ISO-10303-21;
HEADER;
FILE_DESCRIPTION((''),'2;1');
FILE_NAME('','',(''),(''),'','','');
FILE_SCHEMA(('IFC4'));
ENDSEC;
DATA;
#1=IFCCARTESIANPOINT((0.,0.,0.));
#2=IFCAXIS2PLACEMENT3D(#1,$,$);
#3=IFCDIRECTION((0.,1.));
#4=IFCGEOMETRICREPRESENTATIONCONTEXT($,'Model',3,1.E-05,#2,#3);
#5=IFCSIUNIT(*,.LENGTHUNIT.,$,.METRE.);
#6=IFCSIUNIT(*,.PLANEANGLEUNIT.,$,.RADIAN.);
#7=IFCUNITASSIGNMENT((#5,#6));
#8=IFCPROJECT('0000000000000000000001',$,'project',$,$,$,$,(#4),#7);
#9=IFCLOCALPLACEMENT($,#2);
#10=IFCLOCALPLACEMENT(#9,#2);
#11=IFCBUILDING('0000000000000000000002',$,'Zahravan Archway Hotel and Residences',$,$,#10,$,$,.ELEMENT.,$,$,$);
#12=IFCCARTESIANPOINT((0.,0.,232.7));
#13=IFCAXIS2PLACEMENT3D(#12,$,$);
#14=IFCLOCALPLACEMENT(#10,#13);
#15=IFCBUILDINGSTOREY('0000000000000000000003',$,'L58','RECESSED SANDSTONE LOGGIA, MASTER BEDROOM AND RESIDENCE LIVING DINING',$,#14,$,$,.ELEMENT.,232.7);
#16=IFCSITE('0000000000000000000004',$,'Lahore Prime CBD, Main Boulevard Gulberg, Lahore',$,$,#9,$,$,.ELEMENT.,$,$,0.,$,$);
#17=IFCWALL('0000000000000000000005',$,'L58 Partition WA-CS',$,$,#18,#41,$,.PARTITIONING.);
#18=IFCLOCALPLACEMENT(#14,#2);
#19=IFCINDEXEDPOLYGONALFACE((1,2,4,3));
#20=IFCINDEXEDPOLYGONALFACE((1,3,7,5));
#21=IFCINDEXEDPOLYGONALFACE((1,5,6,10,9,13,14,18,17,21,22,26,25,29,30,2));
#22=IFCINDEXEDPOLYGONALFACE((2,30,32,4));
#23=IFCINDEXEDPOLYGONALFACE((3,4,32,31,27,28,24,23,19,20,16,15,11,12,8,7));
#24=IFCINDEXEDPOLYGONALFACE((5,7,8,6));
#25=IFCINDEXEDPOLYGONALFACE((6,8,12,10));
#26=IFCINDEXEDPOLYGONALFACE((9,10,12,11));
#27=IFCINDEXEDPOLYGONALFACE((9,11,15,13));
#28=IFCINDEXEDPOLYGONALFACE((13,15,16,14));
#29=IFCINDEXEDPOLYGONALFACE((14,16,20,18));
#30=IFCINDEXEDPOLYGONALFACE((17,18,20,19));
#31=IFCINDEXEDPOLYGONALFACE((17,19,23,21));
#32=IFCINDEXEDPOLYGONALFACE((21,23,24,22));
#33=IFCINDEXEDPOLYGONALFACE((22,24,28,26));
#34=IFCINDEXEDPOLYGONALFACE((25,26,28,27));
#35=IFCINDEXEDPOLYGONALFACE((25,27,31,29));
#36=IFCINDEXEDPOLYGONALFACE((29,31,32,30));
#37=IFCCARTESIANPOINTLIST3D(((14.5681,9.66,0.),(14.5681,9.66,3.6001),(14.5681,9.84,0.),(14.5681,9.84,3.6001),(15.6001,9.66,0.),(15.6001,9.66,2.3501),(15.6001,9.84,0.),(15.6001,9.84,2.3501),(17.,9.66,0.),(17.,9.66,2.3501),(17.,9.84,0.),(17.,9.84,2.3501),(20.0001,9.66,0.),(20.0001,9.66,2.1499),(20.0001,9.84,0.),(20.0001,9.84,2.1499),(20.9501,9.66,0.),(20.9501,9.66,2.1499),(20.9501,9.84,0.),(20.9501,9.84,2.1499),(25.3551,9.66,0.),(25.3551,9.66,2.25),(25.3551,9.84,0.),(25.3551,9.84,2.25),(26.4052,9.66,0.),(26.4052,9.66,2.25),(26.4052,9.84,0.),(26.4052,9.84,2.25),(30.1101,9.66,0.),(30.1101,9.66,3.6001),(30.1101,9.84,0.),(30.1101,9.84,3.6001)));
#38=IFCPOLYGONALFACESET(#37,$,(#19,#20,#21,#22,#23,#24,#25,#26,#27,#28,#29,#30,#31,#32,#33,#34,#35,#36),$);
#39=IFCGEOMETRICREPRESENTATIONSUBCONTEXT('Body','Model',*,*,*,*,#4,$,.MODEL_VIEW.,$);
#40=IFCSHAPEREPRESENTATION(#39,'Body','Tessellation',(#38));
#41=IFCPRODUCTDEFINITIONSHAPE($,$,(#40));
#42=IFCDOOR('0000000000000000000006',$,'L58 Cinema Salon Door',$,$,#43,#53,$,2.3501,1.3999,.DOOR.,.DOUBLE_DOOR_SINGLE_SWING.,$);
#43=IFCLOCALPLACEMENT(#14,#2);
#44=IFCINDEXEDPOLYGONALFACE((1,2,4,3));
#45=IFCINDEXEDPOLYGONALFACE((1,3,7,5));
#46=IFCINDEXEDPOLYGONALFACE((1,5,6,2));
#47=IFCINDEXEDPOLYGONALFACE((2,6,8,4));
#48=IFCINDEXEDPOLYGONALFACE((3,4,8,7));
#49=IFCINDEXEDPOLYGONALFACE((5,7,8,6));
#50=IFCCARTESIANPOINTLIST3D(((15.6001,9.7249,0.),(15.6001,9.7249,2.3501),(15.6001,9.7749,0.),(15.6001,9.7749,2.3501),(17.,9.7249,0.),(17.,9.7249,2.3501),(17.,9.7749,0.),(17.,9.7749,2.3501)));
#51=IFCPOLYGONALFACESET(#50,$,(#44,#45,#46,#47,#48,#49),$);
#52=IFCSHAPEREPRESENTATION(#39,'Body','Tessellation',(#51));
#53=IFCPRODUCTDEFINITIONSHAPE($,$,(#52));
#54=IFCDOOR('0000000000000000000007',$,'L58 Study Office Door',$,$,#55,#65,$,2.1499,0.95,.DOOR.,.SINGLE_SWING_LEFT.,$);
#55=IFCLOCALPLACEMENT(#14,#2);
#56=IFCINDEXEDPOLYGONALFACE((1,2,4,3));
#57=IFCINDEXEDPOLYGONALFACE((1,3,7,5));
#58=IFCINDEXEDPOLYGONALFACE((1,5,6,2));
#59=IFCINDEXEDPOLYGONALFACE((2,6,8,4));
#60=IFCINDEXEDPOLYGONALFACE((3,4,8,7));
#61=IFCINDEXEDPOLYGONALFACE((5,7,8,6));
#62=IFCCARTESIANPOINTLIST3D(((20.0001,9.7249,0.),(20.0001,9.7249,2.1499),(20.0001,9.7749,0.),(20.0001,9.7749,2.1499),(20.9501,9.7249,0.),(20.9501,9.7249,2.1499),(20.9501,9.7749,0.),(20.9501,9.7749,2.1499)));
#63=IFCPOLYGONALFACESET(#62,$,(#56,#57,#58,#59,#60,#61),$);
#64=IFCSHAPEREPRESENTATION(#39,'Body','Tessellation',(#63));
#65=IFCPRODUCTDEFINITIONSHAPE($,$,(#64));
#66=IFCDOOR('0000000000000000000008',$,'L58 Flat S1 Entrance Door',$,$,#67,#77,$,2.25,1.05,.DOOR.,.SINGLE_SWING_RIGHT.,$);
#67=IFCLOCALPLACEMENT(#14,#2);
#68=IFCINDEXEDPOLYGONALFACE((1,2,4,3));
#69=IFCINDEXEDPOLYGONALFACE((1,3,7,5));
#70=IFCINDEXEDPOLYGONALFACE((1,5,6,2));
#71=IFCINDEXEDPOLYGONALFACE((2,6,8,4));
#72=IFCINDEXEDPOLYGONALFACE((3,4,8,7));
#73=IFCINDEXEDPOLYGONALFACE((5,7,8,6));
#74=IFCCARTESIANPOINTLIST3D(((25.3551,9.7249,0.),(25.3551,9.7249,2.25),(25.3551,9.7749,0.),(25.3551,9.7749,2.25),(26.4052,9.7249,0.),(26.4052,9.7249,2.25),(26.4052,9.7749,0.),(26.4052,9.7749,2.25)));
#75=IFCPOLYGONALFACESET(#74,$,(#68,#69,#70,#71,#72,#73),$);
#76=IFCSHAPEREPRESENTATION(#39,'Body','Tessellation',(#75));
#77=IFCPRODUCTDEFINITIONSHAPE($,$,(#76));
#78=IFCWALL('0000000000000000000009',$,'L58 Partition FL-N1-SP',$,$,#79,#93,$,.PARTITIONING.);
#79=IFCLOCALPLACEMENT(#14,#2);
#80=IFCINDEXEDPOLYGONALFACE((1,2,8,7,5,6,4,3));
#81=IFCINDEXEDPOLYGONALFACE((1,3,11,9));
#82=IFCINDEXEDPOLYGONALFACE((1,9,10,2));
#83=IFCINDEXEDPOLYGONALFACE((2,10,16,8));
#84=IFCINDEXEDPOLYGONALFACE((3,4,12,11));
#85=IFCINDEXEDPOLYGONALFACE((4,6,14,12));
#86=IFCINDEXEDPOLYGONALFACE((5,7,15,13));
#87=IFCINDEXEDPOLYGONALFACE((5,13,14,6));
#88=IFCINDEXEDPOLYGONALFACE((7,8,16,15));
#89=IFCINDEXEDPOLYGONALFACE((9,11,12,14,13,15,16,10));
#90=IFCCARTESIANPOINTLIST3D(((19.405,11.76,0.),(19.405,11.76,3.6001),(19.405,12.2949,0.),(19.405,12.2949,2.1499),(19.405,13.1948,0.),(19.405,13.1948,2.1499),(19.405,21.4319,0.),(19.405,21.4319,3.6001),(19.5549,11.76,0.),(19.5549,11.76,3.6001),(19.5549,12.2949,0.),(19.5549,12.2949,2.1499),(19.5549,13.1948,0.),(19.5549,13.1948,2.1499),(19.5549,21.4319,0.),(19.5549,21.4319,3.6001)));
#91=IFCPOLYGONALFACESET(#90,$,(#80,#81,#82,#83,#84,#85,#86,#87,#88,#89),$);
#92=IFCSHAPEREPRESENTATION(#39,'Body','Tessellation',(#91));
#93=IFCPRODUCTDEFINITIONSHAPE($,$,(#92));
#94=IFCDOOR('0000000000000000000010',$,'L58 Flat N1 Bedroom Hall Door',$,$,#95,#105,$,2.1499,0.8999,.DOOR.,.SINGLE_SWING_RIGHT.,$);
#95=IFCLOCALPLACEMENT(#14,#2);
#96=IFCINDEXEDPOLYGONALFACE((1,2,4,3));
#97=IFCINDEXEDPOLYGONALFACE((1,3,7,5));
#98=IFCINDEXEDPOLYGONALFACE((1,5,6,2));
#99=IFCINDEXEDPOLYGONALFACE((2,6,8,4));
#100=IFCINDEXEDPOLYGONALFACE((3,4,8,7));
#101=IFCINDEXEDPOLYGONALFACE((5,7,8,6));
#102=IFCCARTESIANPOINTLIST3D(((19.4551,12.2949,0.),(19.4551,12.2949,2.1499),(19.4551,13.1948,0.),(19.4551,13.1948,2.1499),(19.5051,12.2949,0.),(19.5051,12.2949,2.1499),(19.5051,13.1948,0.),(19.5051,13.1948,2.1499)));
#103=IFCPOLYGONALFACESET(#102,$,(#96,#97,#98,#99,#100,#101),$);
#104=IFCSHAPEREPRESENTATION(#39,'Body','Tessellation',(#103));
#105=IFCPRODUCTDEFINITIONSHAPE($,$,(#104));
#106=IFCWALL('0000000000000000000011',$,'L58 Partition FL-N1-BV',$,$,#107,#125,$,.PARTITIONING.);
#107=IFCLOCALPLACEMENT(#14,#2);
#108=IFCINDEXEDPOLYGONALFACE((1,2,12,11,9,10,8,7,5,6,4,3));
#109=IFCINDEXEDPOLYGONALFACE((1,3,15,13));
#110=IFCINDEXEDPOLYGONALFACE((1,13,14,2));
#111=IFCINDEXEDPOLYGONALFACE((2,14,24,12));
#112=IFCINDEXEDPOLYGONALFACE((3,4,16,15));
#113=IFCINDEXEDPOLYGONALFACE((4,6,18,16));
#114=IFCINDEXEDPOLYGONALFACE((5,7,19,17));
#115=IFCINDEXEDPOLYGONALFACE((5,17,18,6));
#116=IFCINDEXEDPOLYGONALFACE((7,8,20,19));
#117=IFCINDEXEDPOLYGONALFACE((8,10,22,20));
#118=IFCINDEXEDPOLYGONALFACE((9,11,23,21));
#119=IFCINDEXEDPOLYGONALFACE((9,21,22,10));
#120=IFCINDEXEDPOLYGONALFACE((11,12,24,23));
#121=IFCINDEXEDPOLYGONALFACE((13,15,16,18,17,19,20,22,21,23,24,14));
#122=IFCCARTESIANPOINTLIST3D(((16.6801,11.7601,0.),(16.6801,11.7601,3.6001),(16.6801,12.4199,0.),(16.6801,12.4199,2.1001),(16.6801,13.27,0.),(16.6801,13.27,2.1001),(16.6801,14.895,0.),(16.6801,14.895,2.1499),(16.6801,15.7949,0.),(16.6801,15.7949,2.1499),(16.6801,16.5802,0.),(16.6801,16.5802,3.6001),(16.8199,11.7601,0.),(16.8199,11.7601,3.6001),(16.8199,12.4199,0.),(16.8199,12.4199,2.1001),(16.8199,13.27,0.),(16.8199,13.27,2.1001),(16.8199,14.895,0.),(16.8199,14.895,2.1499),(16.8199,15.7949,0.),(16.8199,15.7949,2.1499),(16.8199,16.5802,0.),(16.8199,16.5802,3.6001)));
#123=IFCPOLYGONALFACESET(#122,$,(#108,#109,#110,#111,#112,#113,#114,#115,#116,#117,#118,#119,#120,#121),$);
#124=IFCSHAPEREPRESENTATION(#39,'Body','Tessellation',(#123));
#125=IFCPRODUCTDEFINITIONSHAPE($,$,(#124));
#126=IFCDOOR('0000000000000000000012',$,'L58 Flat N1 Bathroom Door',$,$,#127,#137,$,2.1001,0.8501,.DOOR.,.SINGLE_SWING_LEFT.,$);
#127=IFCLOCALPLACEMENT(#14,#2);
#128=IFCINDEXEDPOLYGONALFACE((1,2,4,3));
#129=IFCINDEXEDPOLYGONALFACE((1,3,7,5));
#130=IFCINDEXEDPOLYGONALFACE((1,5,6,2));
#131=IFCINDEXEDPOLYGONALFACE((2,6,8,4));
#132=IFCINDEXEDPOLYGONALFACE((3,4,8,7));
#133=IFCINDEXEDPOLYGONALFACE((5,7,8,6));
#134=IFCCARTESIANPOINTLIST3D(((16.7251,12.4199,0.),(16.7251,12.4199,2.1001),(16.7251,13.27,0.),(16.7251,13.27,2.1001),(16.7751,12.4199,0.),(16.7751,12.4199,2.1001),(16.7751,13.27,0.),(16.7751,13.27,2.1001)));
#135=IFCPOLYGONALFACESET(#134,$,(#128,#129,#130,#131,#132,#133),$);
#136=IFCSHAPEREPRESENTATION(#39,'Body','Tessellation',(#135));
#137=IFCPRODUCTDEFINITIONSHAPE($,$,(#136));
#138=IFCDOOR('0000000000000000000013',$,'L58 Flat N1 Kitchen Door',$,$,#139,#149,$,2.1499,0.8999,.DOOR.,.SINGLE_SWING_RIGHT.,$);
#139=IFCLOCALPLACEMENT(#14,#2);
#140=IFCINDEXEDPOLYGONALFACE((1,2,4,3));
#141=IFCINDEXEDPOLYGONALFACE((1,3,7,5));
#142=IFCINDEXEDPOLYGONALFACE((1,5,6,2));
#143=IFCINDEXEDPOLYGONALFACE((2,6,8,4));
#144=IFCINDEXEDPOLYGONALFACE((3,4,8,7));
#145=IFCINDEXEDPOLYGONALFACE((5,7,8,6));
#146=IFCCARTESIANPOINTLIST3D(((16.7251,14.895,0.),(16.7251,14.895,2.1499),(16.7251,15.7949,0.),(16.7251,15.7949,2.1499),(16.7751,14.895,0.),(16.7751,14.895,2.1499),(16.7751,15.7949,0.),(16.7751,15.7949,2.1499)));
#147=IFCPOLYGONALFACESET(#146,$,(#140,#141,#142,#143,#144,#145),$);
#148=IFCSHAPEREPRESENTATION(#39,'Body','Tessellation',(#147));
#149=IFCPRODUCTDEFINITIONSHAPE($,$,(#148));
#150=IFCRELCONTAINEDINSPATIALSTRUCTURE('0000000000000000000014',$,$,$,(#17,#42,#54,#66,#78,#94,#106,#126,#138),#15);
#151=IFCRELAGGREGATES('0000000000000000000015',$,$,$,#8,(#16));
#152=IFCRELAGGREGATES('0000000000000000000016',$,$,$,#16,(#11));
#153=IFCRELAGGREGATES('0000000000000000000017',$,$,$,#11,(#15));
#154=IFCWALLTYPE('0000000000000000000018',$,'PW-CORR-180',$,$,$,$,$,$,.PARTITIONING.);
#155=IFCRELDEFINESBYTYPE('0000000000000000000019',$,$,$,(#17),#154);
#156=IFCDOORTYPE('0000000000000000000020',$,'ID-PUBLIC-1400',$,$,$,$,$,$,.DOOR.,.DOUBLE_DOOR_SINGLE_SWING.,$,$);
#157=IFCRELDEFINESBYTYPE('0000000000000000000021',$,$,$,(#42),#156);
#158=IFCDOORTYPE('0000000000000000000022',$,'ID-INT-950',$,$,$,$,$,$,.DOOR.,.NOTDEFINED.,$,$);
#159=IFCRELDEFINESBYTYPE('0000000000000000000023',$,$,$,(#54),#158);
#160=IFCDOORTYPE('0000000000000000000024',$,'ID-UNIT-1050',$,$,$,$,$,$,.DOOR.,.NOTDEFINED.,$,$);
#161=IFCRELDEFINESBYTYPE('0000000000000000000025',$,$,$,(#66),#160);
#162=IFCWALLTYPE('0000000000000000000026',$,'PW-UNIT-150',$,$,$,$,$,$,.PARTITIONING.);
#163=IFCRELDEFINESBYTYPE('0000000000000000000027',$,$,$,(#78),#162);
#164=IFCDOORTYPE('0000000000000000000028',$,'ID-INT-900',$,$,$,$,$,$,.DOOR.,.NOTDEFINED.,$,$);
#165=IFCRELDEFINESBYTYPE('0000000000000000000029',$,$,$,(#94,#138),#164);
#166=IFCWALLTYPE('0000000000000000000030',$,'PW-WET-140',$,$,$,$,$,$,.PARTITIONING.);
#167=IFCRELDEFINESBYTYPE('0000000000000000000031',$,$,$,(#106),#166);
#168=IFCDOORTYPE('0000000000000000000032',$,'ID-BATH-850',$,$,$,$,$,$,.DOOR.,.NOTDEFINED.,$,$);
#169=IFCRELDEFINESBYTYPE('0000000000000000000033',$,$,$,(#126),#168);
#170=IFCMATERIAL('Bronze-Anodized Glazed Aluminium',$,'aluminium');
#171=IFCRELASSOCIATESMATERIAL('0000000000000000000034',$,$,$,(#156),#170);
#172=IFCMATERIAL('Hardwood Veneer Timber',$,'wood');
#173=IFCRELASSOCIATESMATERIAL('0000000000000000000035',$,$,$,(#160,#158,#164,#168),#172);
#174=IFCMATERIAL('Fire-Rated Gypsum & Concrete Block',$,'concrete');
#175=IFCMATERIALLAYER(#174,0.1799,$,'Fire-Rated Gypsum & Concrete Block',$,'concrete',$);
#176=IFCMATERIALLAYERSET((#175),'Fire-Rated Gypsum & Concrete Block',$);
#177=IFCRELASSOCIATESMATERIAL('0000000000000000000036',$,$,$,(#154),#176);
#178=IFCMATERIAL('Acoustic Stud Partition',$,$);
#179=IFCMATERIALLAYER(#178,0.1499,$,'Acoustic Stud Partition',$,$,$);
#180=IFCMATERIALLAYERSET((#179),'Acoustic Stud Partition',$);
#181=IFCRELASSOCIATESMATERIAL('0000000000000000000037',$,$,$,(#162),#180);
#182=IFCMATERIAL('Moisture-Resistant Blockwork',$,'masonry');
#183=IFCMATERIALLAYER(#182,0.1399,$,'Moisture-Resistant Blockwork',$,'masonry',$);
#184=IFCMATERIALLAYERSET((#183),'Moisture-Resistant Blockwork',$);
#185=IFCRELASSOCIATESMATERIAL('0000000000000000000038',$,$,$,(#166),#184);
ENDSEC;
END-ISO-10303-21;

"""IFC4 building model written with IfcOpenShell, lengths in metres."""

from ifc_helpers import new_model, si_unit, direction, frame, frame_2d, origin, place, context, subcontext, project, spatial, rectangle, extrude, source, transform, mapped, material, layer, layer_set, type_object, type_shapes, element, fill, save


model = new_model("IFC4")

# Units and contexts
model_context = context("Model", 3, precision=1e-05, world=origin(), true_north=direction((0.0, 1.0)))
body_context = subcontext(model_context, "Body", "Model", "MODEL_VIEW")
ifc_project = project(units=[si_unit("LENGTHUNIT", "METRE"), si_unit("PLANEANGLEUNIT", "RADIAN")], contexts=[model_context])

# Site, building, storey
site_placement = place(None, origin())
site = spatial("IfcSite", under=ifc_project, at=site_placement, Name="Lahore Prime CBD, Main Boulevard Gulberg, Lahore", CompositionType="ELEMENT", RefElevation=0.0)
building_placement = place(site_placement, origin())
building = spatial("IfcBuilding", under=site, at=building_placement, Name="Zahravan Archway Hotel and Residences", CompositionType="ELEMENT")
storey_placement = place(building_placement, frame((0.0, 0.0, 232.7)))
storey = spatial("IfcBuildingStorey", under=building, at=storey_placement, Name="L58", Description="RECESSED SANDSTONE LOGGIA, MASTER BEDROOM AND RESIDENCE LIVING DINING", CompositionType="ELEMENT", Elevation=232.7)

# Wall, openings, doors
ifc_material_1 = material(Name="Fire-Rated Gypsum & Concrete Block", Category="concrete")
ifc_material_2 = material(Name="Bronze-Anodized Glazed Aluminium", Category="aluminium")
door_type_1 = type_object("IfcDoorType", Name="ID-PUBLIC-1400", OperationType="DOUBLE_DOOR_SINGLE_SWING", PredefinedType="DOOR", material=ifc_material_2)
shared_shape_1 = source(origin(), body_context, "Body", "SweptSolid", [
    extrude(rectangle(XDim=1.3999, YDim=2.3501, at=frame_2d((0.7, 1.175))), frame((0.0, 0.0249, 0.0), z_axis=(0.0, -1.0, 0.0), x_axis=(1.0, 0.0, 0.0)), (0.0, 0.0, 1.0), 0.05),
])
type_shapes(door_type_1, [shared_shape_1])
ifc_material_3 = material(Name="Hardwood Veneer Timber", Category="wood")
door_type_2 = type_object("IfcDoorType", Name="ID-UNIT-1050", OperationType="NOTDEFINED", PredefinedType="DOOR", material=ifc_material_3)
shared_shape_2 = source(origin(), body_context, "Body", "SweptSolid", [
    extrude(rectangle(XDim=1.05, YDim=2.25, at=frame_2d((0.5249, 1.125))), frame((0.0, 0.0249, 0.0), z_axis=(0.0, -1.0, 0.0), x_axis=(1.0, 0.0, 0.0)), (0.0, 0.0, 1.0), 0.05),
])
type_shapes(door_type_2, [shared_shape_2])
ifc_layer_1 = layer(ifc_material_1, 0.1799, Name="Fire-Rated Gypsum & Concrete Block", Category="concrete")
ifc_layer_set_1 = layer_set([ifc_layer_1], Name="Fire-Rated Gypsum & Concrete Block")
wall_type_1 = type_object("IfcWallType", Name="PW-CORR-180", PredefinedType="PARTITIONING", material=ifc_layer_set_1)
wall_1_placement = place(storey_placement, frame((14.5681, 9.75, 0.0), z_axis=(0.0, 0.0, 1.0), x_axis=(1.0, 0.0, 0.0)))
wall_1 = element("IfcWall", 1, at=wall_1_placement, inside=storey, type_object=wall_type_1, Name="L58 Partition WA-CS", PredefinedType="PARTITIONING", context=body_context, shape_type="SweptSolid", body=[
    extrude(rectangle(XDim=15.542, YDim=0.1799, at=frame_2d((7.771, 0.0))), origin(), (0.0, 0.0, 1.0), 3.6001),
])
opening_1_placement = place(wall_1_placement, frame((1.032, 0.0, 0.0)))
opening_1 = element("IfcOpeningElement", 2, at=opening_1_placement, cuts=wall_1, PredefinedType="OPENING", context=body_context, shape_type="SweptSolid", body=[
    extrude(rectangle(XDim=1.3999, YDim=2.3501, at=frame_2d((0.7, 1.175))), frame((0.0, 0.1001, 0.0), z_axis=(0.0, -1.0, 0.0), x_axis=(1.0, 0.0, 0.0)), (0.0, 0.0, 1.0), 0.2),
])
opening_2_placement = place(wall_1_placement, frame((5.4319, 0.0, 0.0)))
opening_2 = element("IfcOpeningElement", 3, at=opening_2_placement, cuts=wall_1, PredefinedType="OPENING", context=body_context, shape_type="SweptSolid", body=[
    extrude(rectangle(XDim=0.95, YDim=2.1499, at=frame_2d((0.4751, 1.075))), frame((0.0, 0.1001, 0.0), z_axis=(0.0, -1.0, 0.0), x_axis=(1.0, 0.0, 0.0)), (0.0, 0.0, 1.0), 0.2),
])
opening_3_placement = place(wall_1_placement, frame((10.7871, 0.0, 0.0)))
opening_3 = element("IfcOpeningElement", 4, at=opening_3_placement, cuts=wall_1, PredefinedType="OPENING", context=body_context, shape_type="SweptSolid", body=[
    extrude(rectangle(XDim=1.05, YDim=2.25, at=frame_2d((0.5249, 1.125))), frame((0.0, 0.1001, 0.0), z_axis=(0.0, -1.0, 0.0), x_axis=(1.0, 0.0, 0.0)), (0.0, 0.0, 1.0), 0.2),
])
door_1_placement = place(opening_1_placement, origin())
door_1 = element("IfcDoor", 5, at=door_1_placement, inside=storey, type_object=door_type_1, Name="L58 Cinema Salon Door", OperationType="DOUBLE_DOOR_SINGLE_SWING", OverallHeight=2.3501, OverallWidth=1.3999, PredefinedType="DOOR", context=body_context, shape_type="MappedRepresentation", body=[
    mapped(shared_shape_1, transform((0.0, 0.0, 0.0), scale=1.0)),
])
fill(opening_1, door_1)
door_type_3 = type_object("IfcDoorType", Name="ID-INT-950", OperationType="NOTDEFINED", PredefinedType="DOOR", material=ifc_material_3)
shared_shape_3 = source(origin(), body_context, "Body", "SweptSolid", [
    extrude(rectangle(XDim=0.95, YDim=2.1499, at=frame_2d((0.4751, 1.075))), frame((0.0, 0.0249, 0.0), z_axis=(0.0, -1.0, 0.0), x_axis=(1.0, 0.0, 0.0)), (0.0, 0.0, 1.0), 0.05),
])
type_shapes(door_type_3, [shared_shape_3])
door_2_placement = place(opening_2_placement, origin())
door_2 = element("IfcDoor", 6, at=door_2_placement, inside=storey, type_object=door_type_3, Name="L58 Study Office Door", OperationType="SINGLE_SWING_LEFT", OverallHeight=2.1499, OverallWidth=0.95, PredefinedType="DOOR", context=body_context, shape_type="MappedRepresentation", body=[
    mapped(shared_shape_3, transform((0.0, 0.0, 0.0), scale=1.0)),
])
fill(opening_2, door_2)
door_3_placement = place(opening_3_placement, origin())
door_3 = element("IfcDoor", 7, at=door_3_placement, inside=storey, type_object=door_type_2, Name="L58 Flat S1 Entrance Door", OperationType="SINGLE_SWING_RIGHT", OverallHeight=2.25, OverallWidth=1.05, PredefinedType="DOOR", context=body_context, shape_type="MappedRepresentation", body=[
    mapped(shared_shape_2, transform((0.0, 0.0, 0.0), scale=1.0)),
])
fill(opening_3, door_3)

# Wall, opening, door
ifc_material_4 = material(Name="Acoustic Stud Partition")
ifc_layer_2 = layer(ifc_material_4, 0.1499, Name="Acoustic Stud Partition")
ifc_layer_set_2 = layer_set([ifc_layer_2], Name="Acoustic Stud Partition")
wall_type_2 = type_object("IfcWallType", Name="PW-UNIT-150", PredefinedType="PARTITIONING", material=ifc_layer_set_2)
wall_2_placement = place(storey_placement, frame((19.48, 11.76, 0.0), z_axis=(0.0, 0.0, 1.0), x_axis=(0.0, 1.0, 0.0)))
wall_2 = element("IfcWall", 8, at=wall_2_placement, inside=storey, type_object=wall_type_2, Name="L58 Partition FL-N1-SP", PredefinedType="PARTITIONING", context=body_context, shape_type="SweptSolid", body=[
    extrude(rectangle(XDim=9.6719, YDim=0.1499, at=frame_2d((4.8359, 0.0))), origin(), (0.0, 0.0, 1.0), 3.6001),
])
opening_4_placement = place(wall_2_placement, frame((0.5349, 0.0, 0.0)))
opening_4 = element("IfcOpeningElement", 9, at=opening_4_placement, cuts=wall_2, PredefinedType="OPENING", context=body_context, shape_type="SweptSolid", body=[
    extrude(rectangle(XDim=0.8999, YDim=2.1499, at=frame_2d((0.45, 1.075))), frame((0.0, 0.085, 0.0), z_axis=(0.0, -1.0, 0.0), x_axis=(1.0, 0.0, 0.0)), (0.0, 0.0, 1.0), 0.1699),
])
door_type_4 = type_object("IfcDoorType", Name="ID-INT-900", OperationType="NOTDEFINED", PredefinedType="DOOR", material=ifc_material_3)
shared_shape_4 = source(origin(), body_context, "Body", "SweptSolid", [
    extrude(rectangle(XDim=0.8999, YDim=2.1499, at=frame_2d((0.45, 1.075))), frame((0.0, 0.0249, 0.0), z_axis=(0.0, -1.0, 0.0), x_axis=(1.0, 0.0, 0.0)), (0.0, 0.0, 1.0), 0.05),
])
type_shapes(door_type_4, [shared_shape_4])
door_4_placement = place(opening_4_placement, origin())
door_4 = element("IfcDoor", 10, at=door_4_placement, inside=storey, type_object=door_type_4, Name="L58 Flat N1 Bedroom Hall Door", OperationType="SINGLE_SWING_RIGHT", OverallHeight=2.1499, OverallWidth=0.8999, PredefinedType="DOOR", context=body_context, shape_type="MappedRepresentation", body=[
    mapped(shared_shape_4, transform((0.0, 0.0, 0.0), scale=1.0)),
])
fill(opening_4, door_4)

# Wall, openings, doors
ifc_material_5 = material(Name="Moisture-Resistant Blockwork", Category="masonry")
ifc_layer_3 = layer(ifc_material_5, 0.1399, Name="Moisture-Resistant Blockwork", Category="masonry")
ifc_layer_set_3 = layer_set([ifc_layer_3], Name="Moisture-Resistant Blockwork")
wall_type_3 = type_object("IfcWallType", Name="PW-WET-140", PredefinedType="PARTITIONING", material=ifc_layer_set_3)
wall_3_placement = place(storey_placement, frame((16.75, 11.76, 0.0), z_axis=(0.0, 0.0, 1.0), x_axis=(0.0, 1.0, 0.0)))
wall_3 = element("IfcWall", 11, at=wall_3_placement, inside=storey, type_object=wall_type_3, Name="L58 Partition FL-N1-BV", PredefinedType="PARTITIONING", context=body_context, shape_type="SweptSolid", body=[
    extrude(rectangle(XDim=4.8201, YDim=0.1399, at=frame_2d((2.4102, 0.0))), origin(), (0.0, 0.0, 1.0), 3.6001),
])
opening_5_placement = place(wall_3_placement, frame((0.6599, 0.0, 0.0)))
opening_5 = element("IfcOpeningElement", 12, at=opening_5_placement, cuts=wall_3, PredefinedType="OPENING", context=body_context, shape_type="SweptSolid", body=[
    extrude(rectangle(XDim=0.8501, YDim=2.1001, at=frame_2d((0.425, 1.05))), frame((0.0, 0.0801, 0.0), z_axis=(0.0, -1.0, 0.0), x_axis=(1.0, 0.0, 0.0)), (0.0, 0.0, 1.0), 0.1599),
])
opening_6_placement = place(wall_3_placement, frame((3.135, 0.0, 0.0)))
opening_6 = element("IfcOpeningElement", 13, at=opening_6_placement, cuts=wall_3, PredefinedType="OPENING", context=body_context, shape_type="SweptSolid", body=[
    extrude(rectangle(XDim=0.8999, YDim=2.1499, at=frame_2d((0.45, 1.075))), frame((0.0, 0.0801, 0.0), z_axis=(0.0, -1.0, 0.0), x_axis=(1.0, 0.0, 0.0)), (0.0, 0.0, 1.0), 0.1599),
])
door_type_5 = type_object("IfcDoorType", Name="ID-BATH-850", OperationType="NOTDEFINED", PredefinedType="DOOR", material=ifc_material_3)
shared_shape_5 = source(origin(), body_context, "Body", "SweptSolid", [
    extrude(rectangle(XDim=0.8501, YDim=2.1001, at=frame_2d((0.425, 1.05))), frame((0.0, 0.0249, 0.0), z_axis=(0.0, -1.0, 0.0), x_axis=(1.0, 0.0, 0.0)), (0.0, 0.0, 1.0), 0.05),
])
type_shapes(door_type_5, [shared_shape_5])
door_5_placement = place(opening_5_placement, origin())
door_5 = element("IfcDoor", 14, at=door_5_placement, inside=storey, type_object=door_type_5, Name="L58 Flat N1 Bathroom Door", OperationType="SINGLE_SWING_LEFT", OverallHeight=2.1001, OverallWidth=0.8501, PredefinedType="DOOR", context=body_context, shape_type="MappedRepresentation", body=[
    mapped(shared_shape_5, transform((0.0, 0.0, 0.0), scale=1.0)),
])
fill(opening_5, door_5)
door_6_placement = place(opening_6_placement, origin())
door_6 = element("IfcDoor", 15, at=door_6_placement, inside=storey, type_object=door_type_4, Name="L58 Flat N1 Kitchen Door", OperationType="SINGLE_SWING_RIGHT", OverallHeight=2.1499, OverallWidth=0.8999, PredefinedType="DOOR", context=body_context, shape_type="MappedRepresentation", body=[
    mapped(shared_shape_4, transform((0.0, 0.0, 0.0), scale=1.0)),
])
fill(opening_6, door_6)

save(model, "model.ifc")
